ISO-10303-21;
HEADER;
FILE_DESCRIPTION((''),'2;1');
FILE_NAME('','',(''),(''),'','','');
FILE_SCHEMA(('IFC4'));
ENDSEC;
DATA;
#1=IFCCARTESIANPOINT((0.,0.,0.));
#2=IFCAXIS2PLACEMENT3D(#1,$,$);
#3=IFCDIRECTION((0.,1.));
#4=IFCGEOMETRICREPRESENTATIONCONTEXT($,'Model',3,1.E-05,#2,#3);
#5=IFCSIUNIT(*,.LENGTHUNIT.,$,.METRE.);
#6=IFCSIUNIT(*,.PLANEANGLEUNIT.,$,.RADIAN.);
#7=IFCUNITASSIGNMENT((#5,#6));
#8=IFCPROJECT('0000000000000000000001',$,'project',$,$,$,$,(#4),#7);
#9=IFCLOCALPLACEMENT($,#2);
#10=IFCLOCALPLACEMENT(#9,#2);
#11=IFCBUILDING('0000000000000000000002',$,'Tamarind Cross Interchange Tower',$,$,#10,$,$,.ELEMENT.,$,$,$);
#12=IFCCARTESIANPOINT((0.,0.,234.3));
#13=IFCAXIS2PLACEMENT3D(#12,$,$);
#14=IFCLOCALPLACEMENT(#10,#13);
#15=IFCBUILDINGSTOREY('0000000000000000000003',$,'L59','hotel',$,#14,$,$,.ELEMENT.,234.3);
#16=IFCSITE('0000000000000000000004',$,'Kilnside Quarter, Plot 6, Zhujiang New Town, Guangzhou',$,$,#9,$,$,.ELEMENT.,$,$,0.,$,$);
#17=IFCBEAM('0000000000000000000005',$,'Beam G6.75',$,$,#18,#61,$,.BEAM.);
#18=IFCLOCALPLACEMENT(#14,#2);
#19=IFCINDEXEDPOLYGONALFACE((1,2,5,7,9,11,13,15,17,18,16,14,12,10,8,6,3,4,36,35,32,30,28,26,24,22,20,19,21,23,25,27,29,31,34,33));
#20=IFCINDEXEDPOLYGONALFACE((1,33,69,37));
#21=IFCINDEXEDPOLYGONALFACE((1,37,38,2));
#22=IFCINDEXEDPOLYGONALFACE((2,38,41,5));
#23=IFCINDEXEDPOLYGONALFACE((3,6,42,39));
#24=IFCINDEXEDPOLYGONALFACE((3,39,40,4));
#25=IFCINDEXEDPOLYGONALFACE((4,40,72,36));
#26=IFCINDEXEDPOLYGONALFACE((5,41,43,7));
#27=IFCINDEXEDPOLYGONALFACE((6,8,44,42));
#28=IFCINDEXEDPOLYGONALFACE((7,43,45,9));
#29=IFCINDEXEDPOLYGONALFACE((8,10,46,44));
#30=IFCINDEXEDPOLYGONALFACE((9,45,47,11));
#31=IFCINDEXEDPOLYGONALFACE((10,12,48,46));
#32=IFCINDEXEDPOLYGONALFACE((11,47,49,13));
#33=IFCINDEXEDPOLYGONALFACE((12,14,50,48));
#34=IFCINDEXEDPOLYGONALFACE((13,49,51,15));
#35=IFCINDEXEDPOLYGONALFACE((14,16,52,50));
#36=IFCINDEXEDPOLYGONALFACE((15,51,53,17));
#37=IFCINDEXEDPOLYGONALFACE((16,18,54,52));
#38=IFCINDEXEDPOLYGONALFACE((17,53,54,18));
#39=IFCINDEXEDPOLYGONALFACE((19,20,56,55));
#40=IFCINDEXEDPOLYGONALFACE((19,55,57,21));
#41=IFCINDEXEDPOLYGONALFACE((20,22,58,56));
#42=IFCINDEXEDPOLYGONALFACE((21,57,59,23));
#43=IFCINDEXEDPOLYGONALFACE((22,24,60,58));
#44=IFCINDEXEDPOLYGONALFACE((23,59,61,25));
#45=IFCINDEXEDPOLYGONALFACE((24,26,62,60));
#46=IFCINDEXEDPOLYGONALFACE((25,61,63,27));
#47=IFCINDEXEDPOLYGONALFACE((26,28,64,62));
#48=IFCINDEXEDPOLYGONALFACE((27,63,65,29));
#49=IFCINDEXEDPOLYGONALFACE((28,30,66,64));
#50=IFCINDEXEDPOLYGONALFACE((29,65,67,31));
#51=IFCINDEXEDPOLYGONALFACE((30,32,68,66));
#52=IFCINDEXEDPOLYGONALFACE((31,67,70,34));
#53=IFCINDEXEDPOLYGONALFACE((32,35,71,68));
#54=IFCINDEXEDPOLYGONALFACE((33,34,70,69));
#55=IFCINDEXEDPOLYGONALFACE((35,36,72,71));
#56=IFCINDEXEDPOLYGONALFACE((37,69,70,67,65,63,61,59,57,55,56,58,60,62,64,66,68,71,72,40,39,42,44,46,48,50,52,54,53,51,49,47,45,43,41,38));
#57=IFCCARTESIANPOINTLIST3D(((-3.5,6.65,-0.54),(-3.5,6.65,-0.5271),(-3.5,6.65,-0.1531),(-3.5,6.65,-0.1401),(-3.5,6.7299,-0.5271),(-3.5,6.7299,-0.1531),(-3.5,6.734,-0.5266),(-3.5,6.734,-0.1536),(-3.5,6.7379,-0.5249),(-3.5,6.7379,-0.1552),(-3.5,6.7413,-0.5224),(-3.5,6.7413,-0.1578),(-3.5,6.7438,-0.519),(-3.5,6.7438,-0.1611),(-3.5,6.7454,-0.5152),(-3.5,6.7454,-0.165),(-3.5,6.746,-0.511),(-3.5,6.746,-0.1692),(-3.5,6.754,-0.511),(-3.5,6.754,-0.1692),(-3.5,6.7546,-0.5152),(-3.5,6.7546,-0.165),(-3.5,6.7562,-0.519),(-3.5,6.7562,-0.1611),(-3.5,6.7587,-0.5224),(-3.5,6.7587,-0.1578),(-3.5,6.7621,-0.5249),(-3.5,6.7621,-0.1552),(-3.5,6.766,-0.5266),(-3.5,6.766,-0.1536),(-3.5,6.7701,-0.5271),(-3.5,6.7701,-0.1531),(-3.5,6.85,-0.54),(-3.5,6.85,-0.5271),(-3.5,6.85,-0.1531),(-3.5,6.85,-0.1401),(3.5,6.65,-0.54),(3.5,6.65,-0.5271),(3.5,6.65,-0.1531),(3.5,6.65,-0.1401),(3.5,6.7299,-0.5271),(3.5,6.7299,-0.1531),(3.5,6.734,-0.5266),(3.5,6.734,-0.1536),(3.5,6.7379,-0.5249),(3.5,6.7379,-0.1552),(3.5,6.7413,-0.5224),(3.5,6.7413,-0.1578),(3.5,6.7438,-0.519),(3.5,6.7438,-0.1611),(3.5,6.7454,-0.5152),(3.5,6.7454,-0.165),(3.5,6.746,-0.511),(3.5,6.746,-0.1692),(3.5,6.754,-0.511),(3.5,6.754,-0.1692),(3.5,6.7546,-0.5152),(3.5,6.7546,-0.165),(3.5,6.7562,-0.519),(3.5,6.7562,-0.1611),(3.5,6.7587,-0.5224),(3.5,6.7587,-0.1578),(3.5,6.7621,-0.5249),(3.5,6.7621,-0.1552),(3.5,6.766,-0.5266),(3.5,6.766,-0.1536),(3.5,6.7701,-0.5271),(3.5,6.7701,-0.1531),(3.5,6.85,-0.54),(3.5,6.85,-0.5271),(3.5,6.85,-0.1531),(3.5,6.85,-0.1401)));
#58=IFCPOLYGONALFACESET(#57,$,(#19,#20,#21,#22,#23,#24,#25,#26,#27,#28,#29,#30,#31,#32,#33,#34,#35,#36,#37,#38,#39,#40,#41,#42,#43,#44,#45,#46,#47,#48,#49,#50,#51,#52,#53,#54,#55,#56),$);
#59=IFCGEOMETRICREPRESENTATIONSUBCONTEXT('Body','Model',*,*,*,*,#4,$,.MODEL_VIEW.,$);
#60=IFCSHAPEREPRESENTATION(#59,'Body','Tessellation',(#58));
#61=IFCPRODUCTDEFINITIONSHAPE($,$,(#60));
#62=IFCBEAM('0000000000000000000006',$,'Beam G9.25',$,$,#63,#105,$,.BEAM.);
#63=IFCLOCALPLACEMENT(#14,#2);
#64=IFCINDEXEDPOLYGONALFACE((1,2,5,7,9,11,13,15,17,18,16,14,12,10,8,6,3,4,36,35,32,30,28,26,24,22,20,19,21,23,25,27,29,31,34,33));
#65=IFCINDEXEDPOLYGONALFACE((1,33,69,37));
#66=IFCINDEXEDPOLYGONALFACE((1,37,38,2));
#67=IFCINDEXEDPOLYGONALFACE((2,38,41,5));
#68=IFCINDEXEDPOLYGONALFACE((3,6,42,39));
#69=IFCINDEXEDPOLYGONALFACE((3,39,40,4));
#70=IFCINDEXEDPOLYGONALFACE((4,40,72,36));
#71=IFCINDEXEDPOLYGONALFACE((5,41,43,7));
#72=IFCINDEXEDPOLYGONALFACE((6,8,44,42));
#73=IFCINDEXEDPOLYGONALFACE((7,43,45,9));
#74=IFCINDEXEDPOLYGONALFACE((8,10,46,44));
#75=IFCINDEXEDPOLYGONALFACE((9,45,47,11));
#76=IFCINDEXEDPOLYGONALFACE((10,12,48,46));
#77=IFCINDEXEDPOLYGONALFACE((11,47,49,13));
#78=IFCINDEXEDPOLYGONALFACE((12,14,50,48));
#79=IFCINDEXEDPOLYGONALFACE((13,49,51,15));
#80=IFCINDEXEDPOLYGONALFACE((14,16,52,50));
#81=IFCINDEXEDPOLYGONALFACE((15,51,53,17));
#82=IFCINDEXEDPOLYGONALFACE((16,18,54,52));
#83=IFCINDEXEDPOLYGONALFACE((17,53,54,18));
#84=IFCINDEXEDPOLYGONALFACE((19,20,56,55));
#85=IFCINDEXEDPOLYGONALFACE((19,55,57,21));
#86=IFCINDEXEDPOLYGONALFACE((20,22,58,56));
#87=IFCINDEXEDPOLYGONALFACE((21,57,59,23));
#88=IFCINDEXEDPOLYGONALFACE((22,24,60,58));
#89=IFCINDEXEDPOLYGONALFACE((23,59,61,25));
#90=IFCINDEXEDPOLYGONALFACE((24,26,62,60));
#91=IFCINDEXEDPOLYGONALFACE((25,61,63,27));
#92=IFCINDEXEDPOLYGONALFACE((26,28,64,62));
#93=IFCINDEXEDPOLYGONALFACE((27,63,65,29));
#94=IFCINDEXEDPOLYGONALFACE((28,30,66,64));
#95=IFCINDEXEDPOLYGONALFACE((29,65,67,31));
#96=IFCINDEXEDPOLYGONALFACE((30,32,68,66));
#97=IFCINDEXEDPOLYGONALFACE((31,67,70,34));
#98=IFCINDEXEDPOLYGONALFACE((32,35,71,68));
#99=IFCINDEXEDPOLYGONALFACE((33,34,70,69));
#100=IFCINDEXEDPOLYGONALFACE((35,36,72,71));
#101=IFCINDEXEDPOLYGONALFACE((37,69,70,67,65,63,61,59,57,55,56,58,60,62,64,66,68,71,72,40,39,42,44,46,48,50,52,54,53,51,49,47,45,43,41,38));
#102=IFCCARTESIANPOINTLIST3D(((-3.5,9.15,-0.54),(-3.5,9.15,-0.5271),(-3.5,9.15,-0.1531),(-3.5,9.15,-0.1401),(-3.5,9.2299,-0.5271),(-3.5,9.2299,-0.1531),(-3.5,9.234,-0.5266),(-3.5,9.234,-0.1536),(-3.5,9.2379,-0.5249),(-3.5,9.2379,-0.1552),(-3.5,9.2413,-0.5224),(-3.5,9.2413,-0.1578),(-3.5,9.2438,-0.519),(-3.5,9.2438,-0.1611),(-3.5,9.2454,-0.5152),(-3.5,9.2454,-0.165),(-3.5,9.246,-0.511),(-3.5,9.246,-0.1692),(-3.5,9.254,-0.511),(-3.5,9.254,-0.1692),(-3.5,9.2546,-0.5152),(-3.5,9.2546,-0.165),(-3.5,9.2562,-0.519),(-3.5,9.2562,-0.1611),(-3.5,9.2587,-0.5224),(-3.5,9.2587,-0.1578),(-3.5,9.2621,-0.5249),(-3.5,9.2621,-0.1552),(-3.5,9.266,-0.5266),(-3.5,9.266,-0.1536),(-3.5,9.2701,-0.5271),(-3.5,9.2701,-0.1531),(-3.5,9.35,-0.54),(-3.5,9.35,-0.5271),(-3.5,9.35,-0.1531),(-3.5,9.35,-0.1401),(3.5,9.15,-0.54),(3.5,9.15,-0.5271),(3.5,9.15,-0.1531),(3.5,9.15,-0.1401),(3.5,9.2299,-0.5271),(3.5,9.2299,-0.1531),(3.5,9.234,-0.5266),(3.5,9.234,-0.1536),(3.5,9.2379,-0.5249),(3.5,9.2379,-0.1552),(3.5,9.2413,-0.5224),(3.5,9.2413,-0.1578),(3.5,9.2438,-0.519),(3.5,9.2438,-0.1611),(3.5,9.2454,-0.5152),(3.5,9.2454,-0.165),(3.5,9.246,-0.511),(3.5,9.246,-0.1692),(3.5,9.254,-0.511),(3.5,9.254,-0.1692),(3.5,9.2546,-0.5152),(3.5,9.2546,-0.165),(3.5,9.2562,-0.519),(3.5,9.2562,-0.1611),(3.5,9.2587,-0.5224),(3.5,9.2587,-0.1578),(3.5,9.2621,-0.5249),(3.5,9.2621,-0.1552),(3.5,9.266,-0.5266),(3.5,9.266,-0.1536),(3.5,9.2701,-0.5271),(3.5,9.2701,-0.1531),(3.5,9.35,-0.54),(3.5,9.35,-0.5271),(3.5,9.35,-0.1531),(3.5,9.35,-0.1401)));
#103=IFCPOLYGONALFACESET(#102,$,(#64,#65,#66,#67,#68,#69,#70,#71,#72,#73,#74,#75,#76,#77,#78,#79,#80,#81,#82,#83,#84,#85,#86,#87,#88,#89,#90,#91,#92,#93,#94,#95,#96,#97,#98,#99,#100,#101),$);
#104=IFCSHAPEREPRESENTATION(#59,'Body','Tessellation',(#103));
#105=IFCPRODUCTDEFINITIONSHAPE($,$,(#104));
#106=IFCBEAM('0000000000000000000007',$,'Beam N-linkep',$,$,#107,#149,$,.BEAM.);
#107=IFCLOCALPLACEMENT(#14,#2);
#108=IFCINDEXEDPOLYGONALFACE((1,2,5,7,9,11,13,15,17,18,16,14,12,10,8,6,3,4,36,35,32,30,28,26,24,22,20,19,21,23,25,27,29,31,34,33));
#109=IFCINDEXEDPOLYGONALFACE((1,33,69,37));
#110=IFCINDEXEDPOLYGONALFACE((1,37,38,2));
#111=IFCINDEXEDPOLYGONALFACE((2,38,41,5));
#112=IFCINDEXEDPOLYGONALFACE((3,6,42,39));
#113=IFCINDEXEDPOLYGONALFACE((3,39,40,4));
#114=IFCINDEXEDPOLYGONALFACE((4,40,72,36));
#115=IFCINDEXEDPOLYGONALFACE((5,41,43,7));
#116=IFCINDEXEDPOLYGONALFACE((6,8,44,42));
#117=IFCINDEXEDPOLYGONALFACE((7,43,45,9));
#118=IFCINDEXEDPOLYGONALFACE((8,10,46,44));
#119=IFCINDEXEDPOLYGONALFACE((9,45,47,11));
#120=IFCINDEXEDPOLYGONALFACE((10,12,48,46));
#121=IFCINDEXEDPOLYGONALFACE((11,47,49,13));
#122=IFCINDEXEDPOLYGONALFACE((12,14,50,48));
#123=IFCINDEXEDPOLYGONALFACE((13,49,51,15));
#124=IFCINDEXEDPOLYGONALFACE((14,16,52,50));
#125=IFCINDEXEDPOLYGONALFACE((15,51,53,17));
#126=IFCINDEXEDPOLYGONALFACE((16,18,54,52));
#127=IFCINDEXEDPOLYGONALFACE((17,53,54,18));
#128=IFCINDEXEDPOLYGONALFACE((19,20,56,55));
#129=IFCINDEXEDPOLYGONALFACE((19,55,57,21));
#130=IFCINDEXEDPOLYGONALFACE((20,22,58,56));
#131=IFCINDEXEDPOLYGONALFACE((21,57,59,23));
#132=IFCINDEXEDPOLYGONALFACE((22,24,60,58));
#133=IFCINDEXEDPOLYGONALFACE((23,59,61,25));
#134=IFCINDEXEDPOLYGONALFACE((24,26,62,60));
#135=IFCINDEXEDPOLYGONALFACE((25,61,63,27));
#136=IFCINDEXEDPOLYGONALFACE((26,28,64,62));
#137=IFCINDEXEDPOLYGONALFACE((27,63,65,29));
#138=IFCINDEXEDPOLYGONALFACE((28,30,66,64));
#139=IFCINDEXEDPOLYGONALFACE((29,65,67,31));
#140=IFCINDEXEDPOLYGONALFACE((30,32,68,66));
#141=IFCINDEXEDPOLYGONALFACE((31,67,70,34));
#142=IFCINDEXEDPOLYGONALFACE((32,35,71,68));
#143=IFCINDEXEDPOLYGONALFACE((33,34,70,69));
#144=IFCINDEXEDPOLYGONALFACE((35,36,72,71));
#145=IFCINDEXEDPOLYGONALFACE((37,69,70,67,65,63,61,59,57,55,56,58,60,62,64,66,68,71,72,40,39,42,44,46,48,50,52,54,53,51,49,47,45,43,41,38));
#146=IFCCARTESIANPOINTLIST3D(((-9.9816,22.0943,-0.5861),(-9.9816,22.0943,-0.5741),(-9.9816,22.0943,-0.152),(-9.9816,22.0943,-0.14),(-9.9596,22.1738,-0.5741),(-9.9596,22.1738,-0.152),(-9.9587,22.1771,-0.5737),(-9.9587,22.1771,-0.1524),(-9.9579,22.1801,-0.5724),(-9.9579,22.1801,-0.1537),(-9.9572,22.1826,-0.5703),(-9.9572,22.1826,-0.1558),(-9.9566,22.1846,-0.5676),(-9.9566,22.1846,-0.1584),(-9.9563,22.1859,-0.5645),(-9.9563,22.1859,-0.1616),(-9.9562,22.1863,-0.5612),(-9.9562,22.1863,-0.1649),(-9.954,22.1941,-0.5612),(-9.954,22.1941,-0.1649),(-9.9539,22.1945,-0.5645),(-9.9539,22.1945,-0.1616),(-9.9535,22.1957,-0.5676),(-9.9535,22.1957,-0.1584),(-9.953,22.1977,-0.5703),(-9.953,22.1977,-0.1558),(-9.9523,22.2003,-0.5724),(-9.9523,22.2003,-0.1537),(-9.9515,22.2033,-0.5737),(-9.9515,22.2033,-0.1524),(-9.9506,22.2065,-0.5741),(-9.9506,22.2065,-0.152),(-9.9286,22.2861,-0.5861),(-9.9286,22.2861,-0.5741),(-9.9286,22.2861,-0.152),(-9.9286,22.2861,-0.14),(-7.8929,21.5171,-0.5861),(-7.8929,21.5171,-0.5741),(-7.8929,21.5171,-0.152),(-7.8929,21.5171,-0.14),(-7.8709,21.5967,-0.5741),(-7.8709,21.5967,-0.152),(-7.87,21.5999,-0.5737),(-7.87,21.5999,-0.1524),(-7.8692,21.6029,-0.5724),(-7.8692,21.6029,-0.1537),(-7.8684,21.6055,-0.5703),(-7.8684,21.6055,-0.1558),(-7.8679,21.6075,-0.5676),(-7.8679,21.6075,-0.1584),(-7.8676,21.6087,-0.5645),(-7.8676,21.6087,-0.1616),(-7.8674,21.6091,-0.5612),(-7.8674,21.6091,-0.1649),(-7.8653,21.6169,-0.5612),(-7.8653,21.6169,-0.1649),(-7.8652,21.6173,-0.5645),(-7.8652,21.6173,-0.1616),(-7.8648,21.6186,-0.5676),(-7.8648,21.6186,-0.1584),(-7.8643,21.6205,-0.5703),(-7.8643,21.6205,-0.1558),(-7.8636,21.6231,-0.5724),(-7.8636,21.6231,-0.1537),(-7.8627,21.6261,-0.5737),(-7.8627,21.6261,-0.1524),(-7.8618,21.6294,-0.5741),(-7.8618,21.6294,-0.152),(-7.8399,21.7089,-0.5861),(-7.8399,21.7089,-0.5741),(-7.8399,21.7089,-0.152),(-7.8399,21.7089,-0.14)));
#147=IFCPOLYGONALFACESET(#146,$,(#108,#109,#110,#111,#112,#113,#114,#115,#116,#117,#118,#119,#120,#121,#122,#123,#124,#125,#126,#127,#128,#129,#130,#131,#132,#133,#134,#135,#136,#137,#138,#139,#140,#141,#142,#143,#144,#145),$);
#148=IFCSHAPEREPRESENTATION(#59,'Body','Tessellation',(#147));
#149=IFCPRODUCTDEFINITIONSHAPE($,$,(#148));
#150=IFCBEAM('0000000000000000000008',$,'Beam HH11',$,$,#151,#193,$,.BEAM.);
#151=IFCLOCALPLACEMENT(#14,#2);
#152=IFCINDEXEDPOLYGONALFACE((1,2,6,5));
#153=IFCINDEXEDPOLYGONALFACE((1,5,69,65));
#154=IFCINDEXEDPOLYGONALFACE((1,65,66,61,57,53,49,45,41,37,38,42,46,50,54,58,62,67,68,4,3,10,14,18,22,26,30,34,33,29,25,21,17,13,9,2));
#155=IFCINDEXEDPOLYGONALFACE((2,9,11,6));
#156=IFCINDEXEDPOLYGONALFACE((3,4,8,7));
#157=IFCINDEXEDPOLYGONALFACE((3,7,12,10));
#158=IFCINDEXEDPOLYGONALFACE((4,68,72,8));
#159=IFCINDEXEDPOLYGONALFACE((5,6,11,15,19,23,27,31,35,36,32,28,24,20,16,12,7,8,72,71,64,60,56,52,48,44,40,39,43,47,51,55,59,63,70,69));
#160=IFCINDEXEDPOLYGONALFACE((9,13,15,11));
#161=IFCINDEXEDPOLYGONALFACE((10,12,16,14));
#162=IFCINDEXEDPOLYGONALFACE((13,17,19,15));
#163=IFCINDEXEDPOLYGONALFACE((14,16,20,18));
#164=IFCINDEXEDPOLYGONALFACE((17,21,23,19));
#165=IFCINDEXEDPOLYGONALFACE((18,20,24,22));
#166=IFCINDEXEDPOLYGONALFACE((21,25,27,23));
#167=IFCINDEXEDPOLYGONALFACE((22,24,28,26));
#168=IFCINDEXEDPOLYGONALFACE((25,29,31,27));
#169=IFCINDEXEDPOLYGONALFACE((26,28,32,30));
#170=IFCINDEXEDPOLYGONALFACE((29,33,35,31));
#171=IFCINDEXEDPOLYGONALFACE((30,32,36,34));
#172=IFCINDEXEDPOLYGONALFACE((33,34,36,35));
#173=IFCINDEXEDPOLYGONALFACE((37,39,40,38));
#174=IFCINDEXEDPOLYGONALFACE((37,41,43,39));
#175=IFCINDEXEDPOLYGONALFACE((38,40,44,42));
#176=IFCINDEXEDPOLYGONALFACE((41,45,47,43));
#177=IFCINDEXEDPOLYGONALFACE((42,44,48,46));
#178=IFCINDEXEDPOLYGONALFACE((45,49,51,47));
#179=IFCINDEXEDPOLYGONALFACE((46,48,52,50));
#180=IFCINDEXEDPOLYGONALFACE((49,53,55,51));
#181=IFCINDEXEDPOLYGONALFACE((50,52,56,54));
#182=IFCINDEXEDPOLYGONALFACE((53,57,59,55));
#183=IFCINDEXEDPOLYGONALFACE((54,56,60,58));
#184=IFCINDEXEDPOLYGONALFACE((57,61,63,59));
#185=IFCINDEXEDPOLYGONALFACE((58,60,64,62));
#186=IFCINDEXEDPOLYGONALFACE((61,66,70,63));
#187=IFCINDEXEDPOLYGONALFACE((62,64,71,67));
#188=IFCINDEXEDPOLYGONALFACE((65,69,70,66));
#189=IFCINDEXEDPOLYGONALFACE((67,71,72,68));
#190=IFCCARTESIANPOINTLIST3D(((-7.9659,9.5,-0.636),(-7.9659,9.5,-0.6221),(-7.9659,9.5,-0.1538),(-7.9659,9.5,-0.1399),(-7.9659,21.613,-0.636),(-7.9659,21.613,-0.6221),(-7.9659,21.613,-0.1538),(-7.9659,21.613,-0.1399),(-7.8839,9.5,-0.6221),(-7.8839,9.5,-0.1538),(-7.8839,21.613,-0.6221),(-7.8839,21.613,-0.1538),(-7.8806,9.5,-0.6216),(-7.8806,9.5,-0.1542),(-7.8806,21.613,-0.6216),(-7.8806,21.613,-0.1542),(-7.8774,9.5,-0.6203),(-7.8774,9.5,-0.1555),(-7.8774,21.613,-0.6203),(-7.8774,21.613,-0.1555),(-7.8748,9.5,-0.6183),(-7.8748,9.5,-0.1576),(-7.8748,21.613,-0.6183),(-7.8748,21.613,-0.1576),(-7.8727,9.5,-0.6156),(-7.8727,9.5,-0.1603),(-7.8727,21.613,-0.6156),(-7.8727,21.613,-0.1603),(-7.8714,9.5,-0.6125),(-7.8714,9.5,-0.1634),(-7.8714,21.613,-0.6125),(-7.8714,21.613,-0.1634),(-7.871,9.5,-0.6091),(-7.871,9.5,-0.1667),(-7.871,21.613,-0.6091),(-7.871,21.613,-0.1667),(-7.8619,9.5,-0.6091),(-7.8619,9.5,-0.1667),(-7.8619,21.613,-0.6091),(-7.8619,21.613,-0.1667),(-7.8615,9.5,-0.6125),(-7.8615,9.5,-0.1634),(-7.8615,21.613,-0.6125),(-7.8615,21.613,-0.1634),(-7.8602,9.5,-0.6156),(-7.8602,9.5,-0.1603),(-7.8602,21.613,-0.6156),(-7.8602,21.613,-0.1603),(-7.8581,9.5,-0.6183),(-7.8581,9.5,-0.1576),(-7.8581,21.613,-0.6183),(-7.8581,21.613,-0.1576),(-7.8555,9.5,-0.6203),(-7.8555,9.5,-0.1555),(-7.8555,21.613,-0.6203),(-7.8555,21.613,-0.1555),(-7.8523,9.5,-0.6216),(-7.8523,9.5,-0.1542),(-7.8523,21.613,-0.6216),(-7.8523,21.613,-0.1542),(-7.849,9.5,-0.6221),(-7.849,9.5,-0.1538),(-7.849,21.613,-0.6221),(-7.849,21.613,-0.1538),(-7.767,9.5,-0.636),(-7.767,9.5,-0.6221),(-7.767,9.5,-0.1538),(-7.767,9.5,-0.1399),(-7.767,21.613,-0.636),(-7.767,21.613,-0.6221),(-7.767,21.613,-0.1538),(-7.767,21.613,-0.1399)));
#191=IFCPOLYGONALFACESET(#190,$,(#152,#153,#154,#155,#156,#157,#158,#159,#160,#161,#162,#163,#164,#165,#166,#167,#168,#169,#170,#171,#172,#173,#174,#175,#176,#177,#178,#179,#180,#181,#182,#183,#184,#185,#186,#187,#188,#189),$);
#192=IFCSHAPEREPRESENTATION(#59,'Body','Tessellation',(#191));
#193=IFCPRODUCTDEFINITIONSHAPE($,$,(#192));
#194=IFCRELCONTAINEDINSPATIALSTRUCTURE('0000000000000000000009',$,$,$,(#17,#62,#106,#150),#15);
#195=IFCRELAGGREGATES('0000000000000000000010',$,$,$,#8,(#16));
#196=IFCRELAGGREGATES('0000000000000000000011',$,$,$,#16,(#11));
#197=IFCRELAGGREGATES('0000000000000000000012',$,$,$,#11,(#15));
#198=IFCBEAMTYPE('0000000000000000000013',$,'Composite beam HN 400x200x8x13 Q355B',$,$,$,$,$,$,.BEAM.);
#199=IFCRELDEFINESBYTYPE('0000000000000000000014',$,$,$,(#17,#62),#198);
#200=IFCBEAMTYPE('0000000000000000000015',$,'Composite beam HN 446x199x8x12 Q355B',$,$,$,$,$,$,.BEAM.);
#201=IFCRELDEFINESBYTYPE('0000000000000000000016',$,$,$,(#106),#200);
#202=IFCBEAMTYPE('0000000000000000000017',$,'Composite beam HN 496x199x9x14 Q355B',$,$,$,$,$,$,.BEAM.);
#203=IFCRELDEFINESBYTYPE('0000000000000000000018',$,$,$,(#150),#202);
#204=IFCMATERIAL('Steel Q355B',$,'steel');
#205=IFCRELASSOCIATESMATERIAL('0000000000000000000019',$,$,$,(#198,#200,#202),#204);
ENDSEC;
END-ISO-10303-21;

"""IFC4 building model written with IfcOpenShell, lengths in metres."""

from ifc_helpers import new_model, si_unit, direction, frame, origin, origin_2d, place, context, subcontext, project, spatial, i_section, extrude, material, material_profile, profile_set, type_object, element, save


model = new_model("IFC4")

# Units and contexts
model_context = context("Model", 3, precision=1e-05, world=origin(), true_north=direction((0.0, 1.0)))
body_context = subcontext(model_context, "Body", "Model", "MODEL_VIEW")
ifc_project = project(units=[si_unit("LENGTHUNIT", "METRE"), si_unit("PLANEANGLEUNIT", "RADIAN")], contexts=[model_context])

# Site, building, storey
site_placement = place(None, origin())
site = spatial("IfcSite", under=ifc_project, at=site_placement, Name="Kilnside Quarter, Plot 6, Zhujiang New Town, Guangzhou", CompositionType="ELEMENT", RefElevation=0.0)
building_placement = place(site_placement, origin())
building = spatial("IfcBuilding", under=site, at=building_placement, Name="Tamarind Cross Interchange Tower", CompositionType="ELEMENT")
storey_placement = place(building_placement, frame((0.0, 0.0, 234.3)))
storey = spatial("IfcBuildingStorey", under=building, at=storey_placement, Name="L59", Description="hotel", CompositionType="ELEMENT", Elevation=234.3)

# Beams
ifc_material_1 = material(Name="Steel Q355B", Category="steel")
ifc_material_profile_1 = material_profile(ifc_material_1, i_section(OverallWidth=0.2, OverallDepth=0.3999, WebThickness=0.0081, FlangeThickness=0.0129, FilletRadius=0.0161, at=origin_2d()), Name="HN 400x200x8x13")
ifc_profile_set_1 = profile_set([ifc_material_profile_1], Name="Steel Q355B")
beam_type_1 = type_object("IfcBeamType", Name="Composite beam HN 400x200x8x13 Q355B", PredefinedType="BEAM", material=ifc_profile_set_1)
for number, where, z_axis, x_axis, name in (
    (1, (-3.5, 6.75, -0.3401), (1.0, 0.0, 0.0), (0.0, 1.0, 0.0), "Beam G6.75"),
    (2, (-3.5, 9.25, -0.3401), (1.0, 0.0, 0.0), (0.0, 1.0, 0.0), "Beam G9.25"),
):
    element("IfcBeam", number, at=place(storey_placement, frame(where, z_axis=z_axis, x_axis=x_axis)), inside=storey, type_object=beam_type_1, Name=name, PredefinedType="BEAM", context=body_context, shape_type="SweptSolid", body=[
        extrude(i_section(OverallWidth=0.2, OverallDepth=0.3999, WebThickness=0.0081, FlangeThickness=0.0129, FilletRadius=0.0161, at=origin_2d()), origin(), (0.0, 0.0, 1.0), 7.0),
    ])
ifc_material_profile_2 = material_profile(ifc_material_1, i_section(OverallWidth=0.199, OverallDepth=0.446, WebThickness=0.0081, FlangeThickness=0.012, FilletRadius=0.0129, at=origin_2d()), Name="HN 446x199x8x12")
ifc_profile_set_2 = profile_set([ifc_material_profile_2], Name="Steel Q355B")
beam_type_2 = type_object("IfcBeamType", Name="Composite beam HN 446x199x8x12 Q355B", PredefinedType="BEAM", material=ifc_profile_set_2)
beam_1_placement = place(storey_placement, frame((-9.9551, 22.1902, -0.363), z_axis=(0.963877, -0.266348, 0.0), x_axis=(0.266348, 0.963877, 0.0)))
element("IfcBeam", 3, at=beam_1_placement, inside=storey, type_object=beam_type_2, Name="Beam N-linkep", PredefinedType="BEAM", context=body_context, shape_type="SweptSolid", body=[
    extrude(i_section(OverallWidth=0.199, OverallDepth=0.446, WebThickness=0.0081, FlangeThickness=0.012, FilletRadius=0.0129, at=origin_2d()), origin(), (0.0, 0.0, 1.0), 2.167),
])
ifc_material_profile_3 = material_profile(ifc_material_1, i_section(OverallWidth=0.199, OverallDepth=0.4961, WebThickness=0.009, FlangeThickness=0.0139, FilletRadius=0.0129, at=origin_2d()), Name="HN 496x199x9x14")
ifc_profile_set_3 = profile_set([ifc_material_profile_3], Name="Steel Q355B")
beam_type_3 = type_object("IfcBeamType", Name="Composite beam HN 496x199x9x14 Q355B", PredefinedType="BEAM", material=ifc_profile_set_3)
beam_2_placement = place(storey_placement, frame((-7.8665, 21.613, -0.3879), z_axis=(0.0, -1.0, 0.0), x_axis=(1.0, 0.0, 0.0)))
element("IfcBeam", 4, at=beam_2_placement, inside=storey, type_object=beam_type_3, Name="Beam HH11", PredefinedType="BEAM", context=body_context, shape_type="SweptSolid", body=[
    extrude(i_section(OverallWidth=0.199, OverallDepth=0.4961, WebThickness=0.009, FlangeThickness=0.0139, FilletRadius=0.0129, at=origin_2d()), origin(), (0.0, 0.0, 1.0), 12.113),
])

save(model, "model.ifc")
